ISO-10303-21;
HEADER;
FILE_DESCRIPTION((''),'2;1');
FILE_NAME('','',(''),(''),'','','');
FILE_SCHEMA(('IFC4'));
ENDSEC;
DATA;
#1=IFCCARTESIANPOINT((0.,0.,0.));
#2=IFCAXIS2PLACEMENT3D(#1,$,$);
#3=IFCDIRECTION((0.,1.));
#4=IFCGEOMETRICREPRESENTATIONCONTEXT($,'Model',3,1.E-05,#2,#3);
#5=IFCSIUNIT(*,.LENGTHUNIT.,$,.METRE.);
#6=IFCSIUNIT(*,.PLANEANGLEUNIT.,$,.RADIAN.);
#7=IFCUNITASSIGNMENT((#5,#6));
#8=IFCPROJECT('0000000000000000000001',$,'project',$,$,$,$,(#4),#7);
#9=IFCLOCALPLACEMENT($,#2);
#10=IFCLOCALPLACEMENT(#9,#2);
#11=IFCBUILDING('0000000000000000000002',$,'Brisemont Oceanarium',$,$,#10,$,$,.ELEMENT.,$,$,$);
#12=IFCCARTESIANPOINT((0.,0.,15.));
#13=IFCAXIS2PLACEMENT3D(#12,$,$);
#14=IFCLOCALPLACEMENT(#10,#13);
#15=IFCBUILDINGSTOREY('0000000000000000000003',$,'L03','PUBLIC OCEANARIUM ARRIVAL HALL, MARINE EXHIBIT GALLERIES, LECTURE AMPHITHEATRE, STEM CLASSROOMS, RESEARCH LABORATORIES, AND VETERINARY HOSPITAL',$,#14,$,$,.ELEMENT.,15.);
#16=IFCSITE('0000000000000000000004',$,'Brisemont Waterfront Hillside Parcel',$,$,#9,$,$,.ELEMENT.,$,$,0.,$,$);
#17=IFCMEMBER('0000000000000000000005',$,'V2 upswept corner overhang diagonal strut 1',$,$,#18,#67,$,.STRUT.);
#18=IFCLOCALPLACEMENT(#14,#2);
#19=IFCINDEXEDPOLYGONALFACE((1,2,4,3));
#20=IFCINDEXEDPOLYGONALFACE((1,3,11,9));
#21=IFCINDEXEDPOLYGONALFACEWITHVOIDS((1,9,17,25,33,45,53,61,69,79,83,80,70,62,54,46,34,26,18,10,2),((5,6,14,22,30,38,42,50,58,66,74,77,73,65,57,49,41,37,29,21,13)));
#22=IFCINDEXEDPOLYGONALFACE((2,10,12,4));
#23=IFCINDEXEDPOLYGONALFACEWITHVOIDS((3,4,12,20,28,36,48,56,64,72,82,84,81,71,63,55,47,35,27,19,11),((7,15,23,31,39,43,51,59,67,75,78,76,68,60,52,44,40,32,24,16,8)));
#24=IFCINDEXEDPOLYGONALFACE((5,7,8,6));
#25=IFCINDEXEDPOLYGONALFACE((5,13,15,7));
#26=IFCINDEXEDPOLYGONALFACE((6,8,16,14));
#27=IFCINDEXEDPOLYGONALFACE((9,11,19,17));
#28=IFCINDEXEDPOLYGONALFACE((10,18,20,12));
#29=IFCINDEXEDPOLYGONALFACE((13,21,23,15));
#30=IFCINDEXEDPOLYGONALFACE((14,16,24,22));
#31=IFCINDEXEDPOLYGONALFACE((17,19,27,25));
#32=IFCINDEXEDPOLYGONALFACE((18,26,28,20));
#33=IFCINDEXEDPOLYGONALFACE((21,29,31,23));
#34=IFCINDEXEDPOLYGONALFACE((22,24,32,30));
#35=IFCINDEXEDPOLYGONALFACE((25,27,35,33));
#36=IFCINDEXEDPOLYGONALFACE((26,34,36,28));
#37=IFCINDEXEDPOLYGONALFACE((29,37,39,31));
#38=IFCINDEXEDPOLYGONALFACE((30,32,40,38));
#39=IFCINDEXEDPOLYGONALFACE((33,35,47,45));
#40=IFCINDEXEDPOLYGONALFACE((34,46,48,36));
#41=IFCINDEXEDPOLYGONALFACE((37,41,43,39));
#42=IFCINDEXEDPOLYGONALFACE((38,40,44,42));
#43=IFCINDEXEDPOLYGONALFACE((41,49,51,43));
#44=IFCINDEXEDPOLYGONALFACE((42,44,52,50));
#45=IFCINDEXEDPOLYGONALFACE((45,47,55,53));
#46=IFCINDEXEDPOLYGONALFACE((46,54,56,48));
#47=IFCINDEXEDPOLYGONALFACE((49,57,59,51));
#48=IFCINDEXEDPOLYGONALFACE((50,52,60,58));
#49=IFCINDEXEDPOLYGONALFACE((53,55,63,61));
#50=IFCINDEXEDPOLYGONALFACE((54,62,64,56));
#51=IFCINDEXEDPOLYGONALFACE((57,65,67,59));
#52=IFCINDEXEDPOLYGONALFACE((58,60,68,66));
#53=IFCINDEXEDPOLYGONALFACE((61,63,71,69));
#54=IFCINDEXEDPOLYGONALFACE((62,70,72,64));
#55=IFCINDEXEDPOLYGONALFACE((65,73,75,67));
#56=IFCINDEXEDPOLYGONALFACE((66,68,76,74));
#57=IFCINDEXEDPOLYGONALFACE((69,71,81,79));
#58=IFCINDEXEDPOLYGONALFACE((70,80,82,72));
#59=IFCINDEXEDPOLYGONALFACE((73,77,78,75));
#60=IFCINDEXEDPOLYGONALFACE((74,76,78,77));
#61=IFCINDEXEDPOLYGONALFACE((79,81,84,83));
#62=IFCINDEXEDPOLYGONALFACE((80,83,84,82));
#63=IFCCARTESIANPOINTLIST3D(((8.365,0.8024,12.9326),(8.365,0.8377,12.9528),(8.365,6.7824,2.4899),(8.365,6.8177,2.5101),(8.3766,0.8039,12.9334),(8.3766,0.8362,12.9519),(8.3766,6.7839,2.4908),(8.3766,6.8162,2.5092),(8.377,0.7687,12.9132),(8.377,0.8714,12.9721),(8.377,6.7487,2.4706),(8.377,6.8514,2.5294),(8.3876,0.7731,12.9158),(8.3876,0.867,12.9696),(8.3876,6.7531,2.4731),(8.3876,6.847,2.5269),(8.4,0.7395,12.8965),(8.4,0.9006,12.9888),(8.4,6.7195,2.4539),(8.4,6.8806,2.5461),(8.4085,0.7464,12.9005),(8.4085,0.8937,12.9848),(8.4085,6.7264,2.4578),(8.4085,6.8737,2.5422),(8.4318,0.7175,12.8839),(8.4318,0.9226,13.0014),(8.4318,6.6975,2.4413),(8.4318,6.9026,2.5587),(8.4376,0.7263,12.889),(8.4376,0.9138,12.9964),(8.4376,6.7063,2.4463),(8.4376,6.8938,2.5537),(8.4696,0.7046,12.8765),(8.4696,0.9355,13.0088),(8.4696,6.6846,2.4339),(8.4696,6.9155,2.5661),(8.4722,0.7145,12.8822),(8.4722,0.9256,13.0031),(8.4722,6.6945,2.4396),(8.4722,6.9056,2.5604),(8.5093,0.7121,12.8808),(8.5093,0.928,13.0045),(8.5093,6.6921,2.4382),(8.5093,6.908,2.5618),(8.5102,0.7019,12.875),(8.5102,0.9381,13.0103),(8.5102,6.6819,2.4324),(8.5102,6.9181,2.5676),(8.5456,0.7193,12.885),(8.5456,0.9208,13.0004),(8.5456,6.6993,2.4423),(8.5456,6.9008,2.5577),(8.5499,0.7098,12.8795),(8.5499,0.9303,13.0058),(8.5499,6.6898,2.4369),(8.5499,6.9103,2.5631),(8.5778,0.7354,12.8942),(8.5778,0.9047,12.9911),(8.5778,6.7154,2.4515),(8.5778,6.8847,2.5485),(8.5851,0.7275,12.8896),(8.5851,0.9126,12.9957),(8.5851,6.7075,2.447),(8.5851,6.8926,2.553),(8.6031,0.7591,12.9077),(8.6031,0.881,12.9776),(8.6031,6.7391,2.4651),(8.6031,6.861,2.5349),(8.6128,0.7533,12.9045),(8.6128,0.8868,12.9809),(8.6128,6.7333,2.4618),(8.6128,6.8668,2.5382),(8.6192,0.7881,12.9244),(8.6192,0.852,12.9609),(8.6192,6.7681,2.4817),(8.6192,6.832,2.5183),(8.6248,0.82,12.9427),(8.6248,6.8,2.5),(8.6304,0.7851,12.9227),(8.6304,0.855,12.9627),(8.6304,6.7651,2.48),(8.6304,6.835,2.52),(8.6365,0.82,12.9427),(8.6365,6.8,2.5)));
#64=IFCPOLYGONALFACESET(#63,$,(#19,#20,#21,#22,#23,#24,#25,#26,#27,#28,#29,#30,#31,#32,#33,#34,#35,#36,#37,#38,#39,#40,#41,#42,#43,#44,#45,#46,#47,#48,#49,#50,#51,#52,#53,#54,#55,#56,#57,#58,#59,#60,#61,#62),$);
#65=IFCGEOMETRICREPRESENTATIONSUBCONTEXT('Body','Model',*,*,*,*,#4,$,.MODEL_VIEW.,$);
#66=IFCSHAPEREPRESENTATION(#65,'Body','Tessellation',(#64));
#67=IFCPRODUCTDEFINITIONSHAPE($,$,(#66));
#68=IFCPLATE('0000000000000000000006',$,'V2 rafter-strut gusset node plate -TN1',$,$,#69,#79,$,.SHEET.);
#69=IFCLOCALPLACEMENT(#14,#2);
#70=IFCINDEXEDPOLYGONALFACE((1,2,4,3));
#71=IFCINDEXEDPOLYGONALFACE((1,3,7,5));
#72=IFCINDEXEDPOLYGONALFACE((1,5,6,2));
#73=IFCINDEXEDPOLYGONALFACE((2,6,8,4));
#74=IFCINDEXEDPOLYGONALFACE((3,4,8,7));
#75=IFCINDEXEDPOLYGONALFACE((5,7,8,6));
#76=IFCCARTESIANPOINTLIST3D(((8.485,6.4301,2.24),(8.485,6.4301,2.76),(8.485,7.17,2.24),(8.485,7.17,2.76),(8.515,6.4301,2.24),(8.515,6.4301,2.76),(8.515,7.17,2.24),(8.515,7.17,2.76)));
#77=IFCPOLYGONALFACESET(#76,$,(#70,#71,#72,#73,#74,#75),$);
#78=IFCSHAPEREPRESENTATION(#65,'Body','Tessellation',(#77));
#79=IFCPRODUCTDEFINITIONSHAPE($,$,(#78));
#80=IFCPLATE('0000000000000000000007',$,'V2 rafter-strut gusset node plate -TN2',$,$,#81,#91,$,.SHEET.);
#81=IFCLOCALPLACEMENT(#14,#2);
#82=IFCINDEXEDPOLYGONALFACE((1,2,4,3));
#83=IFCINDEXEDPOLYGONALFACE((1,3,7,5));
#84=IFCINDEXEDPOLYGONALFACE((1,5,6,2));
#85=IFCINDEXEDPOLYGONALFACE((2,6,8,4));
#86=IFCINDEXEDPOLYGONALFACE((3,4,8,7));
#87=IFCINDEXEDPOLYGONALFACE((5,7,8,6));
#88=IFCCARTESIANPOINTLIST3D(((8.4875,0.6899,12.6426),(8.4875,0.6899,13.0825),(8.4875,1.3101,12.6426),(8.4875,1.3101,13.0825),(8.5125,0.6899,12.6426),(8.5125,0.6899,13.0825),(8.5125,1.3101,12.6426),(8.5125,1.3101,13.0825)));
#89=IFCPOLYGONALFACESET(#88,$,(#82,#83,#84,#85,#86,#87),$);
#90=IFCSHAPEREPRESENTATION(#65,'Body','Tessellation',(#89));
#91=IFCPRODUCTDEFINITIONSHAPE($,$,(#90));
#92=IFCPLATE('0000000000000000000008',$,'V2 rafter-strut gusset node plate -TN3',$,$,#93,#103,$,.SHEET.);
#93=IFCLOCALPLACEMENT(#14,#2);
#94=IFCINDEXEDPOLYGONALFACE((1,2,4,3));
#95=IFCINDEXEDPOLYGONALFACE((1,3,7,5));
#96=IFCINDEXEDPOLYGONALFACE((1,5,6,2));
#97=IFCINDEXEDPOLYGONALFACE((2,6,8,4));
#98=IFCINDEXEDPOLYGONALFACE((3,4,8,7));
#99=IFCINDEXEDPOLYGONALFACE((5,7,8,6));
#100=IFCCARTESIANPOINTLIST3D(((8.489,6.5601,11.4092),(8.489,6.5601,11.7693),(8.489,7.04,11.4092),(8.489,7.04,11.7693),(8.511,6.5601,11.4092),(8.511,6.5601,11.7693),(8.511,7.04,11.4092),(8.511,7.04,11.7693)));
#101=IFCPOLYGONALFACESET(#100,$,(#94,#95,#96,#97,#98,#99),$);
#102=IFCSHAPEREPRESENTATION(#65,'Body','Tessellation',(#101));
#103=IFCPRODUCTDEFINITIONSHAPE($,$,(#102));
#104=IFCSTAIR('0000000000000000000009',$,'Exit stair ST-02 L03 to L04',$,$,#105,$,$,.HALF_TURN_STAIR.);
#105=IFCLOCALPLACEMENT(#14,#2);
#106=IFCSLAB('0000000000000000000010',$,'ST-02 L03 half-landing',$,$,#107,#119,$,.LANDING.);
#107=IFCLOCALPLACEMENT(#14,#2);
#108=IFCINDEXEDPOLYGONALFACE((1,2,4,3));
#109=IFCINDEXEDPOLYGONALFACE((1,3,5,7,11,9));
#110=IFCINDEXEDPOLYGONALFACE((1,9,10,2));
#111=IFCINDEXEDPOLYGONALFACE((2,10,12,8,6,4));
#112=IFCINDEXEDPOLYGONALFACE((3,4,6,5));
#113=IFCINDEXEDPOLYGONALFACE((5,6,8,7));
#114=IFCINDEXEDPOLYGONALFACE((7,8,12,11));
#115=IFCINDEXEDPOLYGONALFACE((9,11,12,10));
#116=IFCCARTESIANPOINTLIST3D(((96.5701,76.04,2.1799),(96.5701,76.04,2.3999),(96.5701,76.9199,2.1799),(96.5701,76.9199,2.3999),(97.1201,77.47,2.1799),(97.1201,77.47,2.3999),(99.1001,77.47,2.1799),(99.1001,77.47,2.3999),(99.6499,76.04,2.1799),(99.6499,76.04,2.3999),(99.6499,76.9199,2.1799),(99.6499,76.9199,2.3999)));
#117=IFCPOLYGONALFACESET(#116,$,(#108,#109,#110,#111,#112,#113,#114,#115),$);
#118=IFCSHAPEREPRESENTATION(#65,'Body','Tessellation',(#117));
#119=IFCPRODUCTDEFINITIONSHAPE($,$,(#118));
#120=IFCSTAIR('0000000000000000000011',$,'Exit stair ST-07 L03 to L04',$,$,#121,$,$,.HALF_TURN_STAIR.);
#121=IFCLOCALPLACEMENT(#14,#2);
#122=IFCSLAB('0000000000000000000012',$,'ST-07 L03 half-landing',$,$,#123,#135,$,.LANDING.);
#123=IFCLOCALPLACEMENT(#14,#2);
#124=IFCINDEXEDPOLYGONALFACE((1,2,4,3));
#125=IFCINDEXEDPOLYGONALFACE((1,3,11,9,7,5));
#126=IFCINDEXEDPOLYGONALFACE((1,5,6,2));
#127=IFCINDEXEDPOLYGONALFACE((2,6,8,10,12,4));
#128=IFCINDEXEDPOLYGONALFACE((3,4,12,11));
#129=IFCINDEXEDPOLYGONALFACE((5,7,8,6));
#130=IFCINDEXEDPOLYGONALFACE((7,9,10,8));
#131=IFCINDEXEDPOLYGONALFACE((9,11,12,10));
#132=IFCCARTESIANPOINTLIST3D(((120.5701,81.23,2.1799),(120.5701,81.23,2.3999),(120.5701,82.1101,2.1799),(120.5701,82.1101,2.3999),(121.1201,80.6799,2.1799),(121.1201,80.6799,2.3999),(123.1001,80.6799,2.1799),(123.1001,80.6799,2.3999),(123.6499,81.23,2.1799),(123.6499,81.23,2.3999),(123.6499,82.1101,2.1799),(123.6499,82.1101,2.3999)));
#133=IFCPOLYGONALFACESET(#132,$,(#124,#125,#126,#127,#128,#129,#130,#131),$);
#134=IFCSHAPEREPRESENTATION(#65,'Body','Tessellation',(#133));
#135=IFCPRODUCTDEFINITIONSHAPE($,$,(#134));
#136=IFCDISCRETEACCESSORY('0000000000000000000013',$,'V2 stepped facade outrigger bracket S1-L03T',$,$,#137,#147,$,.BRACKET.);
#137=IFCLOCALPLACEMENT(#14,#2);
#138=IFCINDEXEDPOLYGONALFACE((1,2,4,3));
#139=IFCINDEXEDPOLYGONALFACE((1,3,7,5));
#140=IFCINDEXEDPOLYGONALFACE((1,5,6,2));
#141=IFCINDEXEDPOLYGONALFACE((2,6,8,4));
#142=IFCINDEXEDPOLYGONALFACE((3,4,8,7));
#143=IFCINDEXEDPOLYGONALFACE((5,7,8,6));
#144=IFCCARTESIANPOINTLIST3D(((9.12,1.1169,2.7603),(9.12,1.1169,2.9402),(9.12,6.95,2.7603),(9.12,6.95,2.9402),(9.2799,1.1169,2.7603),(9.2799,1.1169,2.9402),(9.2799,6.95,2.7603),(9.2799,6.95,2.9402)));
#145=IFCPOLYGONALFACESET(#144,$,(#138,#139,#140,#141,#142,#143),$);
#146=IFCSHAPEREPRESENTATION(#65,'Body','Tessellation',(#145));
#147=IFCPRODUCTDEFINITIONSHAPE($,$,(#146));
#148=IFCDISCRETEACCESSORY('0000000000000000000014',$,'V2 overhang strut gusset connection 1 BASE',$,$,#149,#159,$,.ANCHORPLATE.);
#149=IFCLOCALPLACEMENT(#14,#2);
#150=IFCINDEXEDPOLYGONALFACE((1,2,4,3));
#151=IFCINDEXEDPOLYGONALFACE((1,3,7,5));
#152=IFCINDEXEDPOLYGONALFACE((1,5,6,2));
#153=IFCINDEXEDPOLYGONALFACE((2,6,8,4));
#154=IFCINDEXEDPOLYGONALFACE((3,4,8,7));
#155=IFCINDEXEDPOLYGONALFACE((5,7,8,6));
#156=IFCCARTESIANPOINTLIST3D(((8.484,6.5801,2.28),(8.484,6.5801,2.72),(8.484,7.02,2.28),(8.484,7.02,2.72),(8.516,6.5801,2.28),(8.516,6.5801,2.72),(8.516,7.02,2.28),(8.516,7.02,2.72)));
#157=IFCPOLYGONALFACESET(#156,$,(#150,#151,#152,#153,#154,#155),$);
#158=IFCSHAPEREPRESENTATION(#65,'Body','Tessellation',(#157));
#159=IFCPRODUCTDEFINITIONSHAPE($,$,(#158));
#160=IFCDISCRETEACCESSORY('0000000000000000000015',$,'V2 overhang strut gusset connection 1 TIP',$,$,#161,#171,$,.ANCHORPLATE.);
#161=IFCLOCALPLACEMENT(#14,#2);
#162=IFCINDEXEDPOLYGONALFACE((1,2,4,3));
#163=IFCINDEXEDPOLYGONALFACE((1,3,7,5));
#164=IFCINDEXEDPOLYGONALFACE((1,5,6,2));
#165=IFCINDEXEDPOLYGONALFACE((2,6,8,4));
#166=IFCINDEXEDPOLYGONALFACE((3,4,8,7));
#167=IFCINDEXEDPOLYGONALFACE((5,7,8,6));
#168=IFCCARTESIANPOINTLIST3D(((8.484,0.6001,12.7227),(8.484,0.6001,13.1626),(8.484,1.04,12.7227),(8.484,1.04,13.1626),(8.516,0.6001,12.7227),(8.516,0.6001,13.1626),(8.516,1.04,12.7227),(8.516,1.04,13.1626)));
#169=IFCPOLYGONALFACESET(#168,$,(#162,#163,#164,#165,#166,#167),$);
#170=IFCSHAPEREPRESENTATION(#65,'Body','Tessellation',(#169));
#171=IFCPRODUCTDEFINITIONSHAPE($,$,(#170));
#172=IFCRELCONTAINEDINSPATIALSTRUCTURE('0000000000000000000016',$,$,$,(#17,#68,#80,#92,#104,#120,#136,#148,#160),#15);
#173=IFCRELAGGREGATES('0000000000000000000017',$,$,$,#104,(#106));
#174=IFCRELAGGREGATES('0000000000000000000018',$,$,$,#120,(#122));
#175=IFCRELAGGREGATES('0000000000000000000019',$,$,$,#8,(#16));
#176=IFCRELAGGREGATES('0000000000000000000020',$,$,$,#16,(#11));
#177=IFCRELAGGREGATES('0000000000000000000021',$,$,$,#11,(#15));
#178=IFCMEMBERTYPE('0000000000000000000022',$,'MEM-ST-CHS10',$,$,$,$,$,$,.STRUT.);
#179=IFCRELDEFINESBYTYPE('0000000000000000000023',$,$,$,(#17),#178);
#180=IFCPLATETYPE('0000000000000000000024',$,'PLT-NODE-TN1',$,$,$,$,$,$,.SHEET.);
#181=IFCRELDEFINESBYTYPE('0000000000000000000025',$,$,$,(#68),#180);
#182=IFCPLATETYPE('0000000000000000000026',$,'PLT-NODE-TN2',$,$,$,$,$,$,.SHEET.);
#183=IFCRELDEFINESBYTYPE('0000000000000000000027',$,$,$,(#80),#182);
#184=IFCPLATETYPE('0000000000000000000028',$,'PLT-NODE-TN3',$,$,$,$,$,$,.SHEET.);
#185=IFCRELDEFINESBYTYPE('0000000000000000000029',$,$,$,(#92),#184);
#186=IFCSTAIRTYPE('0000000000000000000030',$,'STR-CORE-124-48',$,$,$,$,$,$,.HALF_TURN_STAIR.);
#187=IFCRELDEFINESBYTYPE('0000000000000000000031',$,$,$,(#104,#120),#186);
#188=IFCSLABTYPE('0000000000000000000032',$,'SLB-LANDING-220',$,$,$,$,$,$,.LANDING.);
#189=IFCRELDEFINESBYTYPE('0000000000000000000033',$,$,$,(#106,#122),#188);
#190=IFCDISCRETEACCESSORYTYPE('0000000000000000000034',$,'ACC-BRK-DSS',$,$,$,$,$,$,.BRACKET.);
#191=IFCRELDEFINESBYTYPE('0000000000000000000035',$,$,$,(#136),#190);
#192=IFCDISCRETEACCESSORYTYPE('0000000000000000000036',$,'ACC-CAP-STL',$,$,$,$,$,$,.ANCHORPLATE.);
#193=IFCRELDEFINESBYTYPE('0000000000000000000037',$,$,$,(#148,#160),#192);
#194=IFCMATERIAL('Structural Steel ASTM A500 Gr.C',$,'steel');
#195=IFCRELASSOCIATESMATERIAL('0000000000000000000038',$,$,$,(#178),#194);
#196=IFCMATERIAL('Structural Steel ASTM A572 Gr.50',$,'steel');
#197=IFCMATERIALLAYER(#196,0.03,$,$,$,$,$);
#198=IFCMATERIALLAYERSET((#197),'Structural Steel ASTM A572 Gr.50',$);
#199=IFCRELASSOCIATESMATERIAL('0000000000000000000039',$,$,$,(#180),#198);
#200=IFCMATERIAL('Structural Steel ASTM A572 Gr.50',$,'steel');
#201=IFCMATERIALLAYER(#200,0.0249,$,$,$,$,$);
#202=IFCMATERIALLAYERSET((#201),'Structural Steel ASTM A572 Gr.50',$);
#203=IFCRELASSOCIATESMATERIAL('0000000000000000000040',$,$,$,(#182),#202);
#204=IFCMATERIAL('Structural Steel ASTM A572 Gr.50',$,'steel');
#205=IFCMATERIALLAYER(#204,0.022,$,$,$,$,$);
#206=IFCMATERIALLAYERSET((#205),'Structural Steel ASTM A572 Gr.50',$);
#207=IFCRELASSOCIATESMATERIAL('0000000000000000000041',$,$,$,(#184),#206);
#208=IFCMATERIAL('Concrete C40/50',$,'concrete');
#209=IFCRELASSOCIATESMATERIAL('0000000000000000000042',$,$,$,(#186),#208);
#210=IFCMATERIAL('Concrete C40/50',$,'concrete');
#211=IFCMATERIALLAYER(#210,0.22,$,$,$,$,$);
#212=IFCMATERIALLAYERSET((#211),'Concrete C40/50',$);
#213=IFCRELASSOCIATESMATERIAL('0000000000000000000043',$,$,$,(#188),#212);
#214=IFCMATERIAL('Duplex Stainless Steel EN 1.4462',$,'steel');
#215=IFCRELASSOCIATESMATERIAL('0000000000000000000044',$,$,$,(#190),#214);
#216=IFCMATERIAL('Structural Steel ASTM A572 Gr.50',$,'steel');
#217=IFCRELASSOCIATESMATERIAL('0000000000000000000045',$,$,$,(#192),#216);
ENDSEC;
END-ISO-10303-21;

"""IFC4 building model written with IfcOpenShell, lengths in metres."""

from ifc_helpers import new_model, si_unit, direction, frame, origin, origin_2d, place, context, subcontext, project, spatial, polyline, rectangle, hollow_circle, outline, extrude, material, layer, layer_set, material_profile, profile_set, type_object, element, aggregate, save


model = new_model("IFC4")

# Units and contexts
model_context = context("Model", 3, precision=1e-05, world=origin(), true_north=direction((0.0, 1.0)))
body_context = subcontext(model_context, "Body", "Model", "MODEL_VIEW")
ifc_project = project(units=[si_unit("LENGTHUNIT", "METRE"), si_unit("PLANEANGLEUNIT", "RADIAN")], contexts=[model_context])

# Site, building, storey
site_placement = place(None, origin())
site = spatial("IfcSite", under=ifc_project, at=site_placement, Name="Brisemont Waterfront Hillside Parcel", CompositionType="ELEMENT", RefElevation=0.0)
building_placement = place(site_placement, origin())
building = spatial("IfcBuilding", under=site, at=building_placement, Name="Brisemont Oceanarium", CompositionType="ELEMENT")
storey_placement = place(building_placement, frame((0.0, 0.0, 15.0)))
storey = spatial("IfcBuildingStorey", under=building, at=storey_placement, Name="L03", Description="PUBLIC OCEANARIUM ARRIVAL HALL, MARINE EXHIBIT GALLERIES, LECTURE AMPHITHEATRE, STEM CLASSROOMS, RESEARCH LABORATORIES, AND VETERINARY HOSPITAL", CompositionType="ELEMENT", Elevation=15.0)

# Member
ifc_material_1 = material(Name="Structural Steel ASTM A500 Gr.C", Category="steel")
ifc_material_profile_1 = material_profile(ifc_material_1, hollow_circle(Radius=0.1365, WallThickness=0.0117, at=origin_2d()), Name="HSS10.750X0.500")
ifc_profile_set_1 = profile_set([ifc_material_profile_1], Name="Structural Steel ASTM A500 Gr.C")
member_type_1 = type_object("IfcMemberType", Name="MEM-ST-CHS10", PredefinedType="STRUT", material=ifc_profile_set_1)
member_1_placement = place(storey_placement, frame((8.5, 6.8, 2.5), z_axis=(0.0, -0.496938, 0.867786), x_axis=(1.0, 0.0, 0.0)))
element("IfcMember", 1, at=member_1_placement, inside=storey, type_object=member_type_1, Name="V2 upswept corner overhang diagonal strut 1", PredefinedType="STRUT", context=body_context, shape_type="SweptSolid", body=[
    extrude(hollow_circle(Radius=0.1365, WallThickness=0.0117, at=origin_2d()), origin(), (0.0, 0.0, 1.0), 12.0337),
])

# Plates
ifc_material_2 = material(Name="Structural Steel ASTM A572 Gr.50", Category="steel")
ifc_layer_1 = layer(ifc_material_2, 0.03)
ifc_layer_set_1 = layer_set([ifc_layer_1], Name="Structural Steel ASTM A572 Gr.50")
plate_type_1 = type_object("IfcPlateType", Name="PLT-NODE-TN1", PredefinedType="SHEET", material=ifc_layer_set_1)
plate_1_placement = place(storey_placement, frame((8.5, 6.8, 2.24), z_axis=(0.0, 0.0, 1.0), x_axis=(1.0, 0.0, 0.0)))
element("IfcPlate", 2, at=plate_1_placement, inside=storey, type_object=plate_type_1, Name="V2 rafter-strut gusset node plate -TN1", PredefinedType="SHEET", context=body_context, shape_type="SweptSolid", body=[
    extrude(rectangle(XDim=0.03, YDim=0.74, at=origin_2d()), origin(), (0.0, 0.0, 1.0), 0.52),
])
ifc_material_3 = material(Name="Structural Steel ASTM A572 Gr.50", Category="steel")
ifc_layer_2 = layer(ifc_material_3, 0.0249)
ifc_layer_set_2 = layer_set([ifc_layer_2], Name="Structural Steel ASTM A572 Gr.50")
plate_type_2 = type_object("IfcPlateType", Name="PLT-NODE-TN2", PredefinedType="SHEET", material=ifc_layer_set_2)
plate_2_placement = place(storey_placement, frame((8.5, 1.0, 12.6426), z_axis=(0.0, 0.0, 1.0), x_axis=(1.0, 0.0, 0.0)))
element("IfcPlate", 3, at=plate_2_placement, inside=storey, type_object=plate_type_2, Name="V2 rafter-strut gusset node plate -TN2", PredefinedType="SHEET", context=body_context, shape_type="SweptSolid", body=[
    extrude(rectangle(XDim=0.0249, YDim=0.6201, at=origin_2d()), origin(), (0.0, 0.0, 1.0), 0.4399),
])
ifc_material_4 = material(Name="Structural Steel ASTM A572 Gr.50", Category="steel")
ifc_layer_3 = layer(ifc_material_4, 0.022)
ifc_layer_set_3 = layer_set([ifc_layer_3], Name="Structural Steel ASTM A572 Gr.50")
plate_type_3 = type_object("IfcPlateType", Name="PLT-NODE-TN3", PredefinedType="SHEET", material=ifc_layer_set_3)
plate_3_placement = place(storey_placement, frame((8.5, 6.8, 11.4092), z_axis=(0.0, 0.0, 1.0), x_axis=(1.0, 0.0, 0.0)))
element("IfcPlate", 4, at=plate_3_placement, inside=storey, type_object=plate_type_3, Name="V2 rafter-strut gusset node plate -TN3", PredefinedType="SHEET", context=body_context, shape_type="SweptSolid", body=[
    extrude(rectangle(XDim=0.022, YDim=0.48, at=origin_2d()), origin(), (0.0, 0.0, 1.0), 0.3601),
])

# Stairs, slabs
ifc_material_5 = material(Name="Concrete C40/50", Category="concrete")
stair_type = type_object("IfcStairType", Name="STR-CORE-124-48", PredefinedType="HALF_TURN_STAIR", material=ifc_material_5)
stair_1_placement = place(storey_placement, origin())
stair_1 = element("IfcStair", 5, at=stair_1_placement, inside=storey, type_object=stair_type, Name="Exit stair ST-02 L03 to L04", PredefinedType="HALF_TURN_STAIR")
ifc_material_6 = material(Name="Concrete C40/50", Category="concrete")
ifc_layer_4 = layer(ifc_material_6, 0.22)
ifc_layer_set_4 = layer_set([ifc_layer_4], Name="Concrete C40/50")
slab_type_1 = type_object("IfcSlabType", Name="SLB-LANDING-220", PredefinedType="LANDING", material=ifc_layer_set_4)
slab_1_placement = place(storey_placement, frame((0.0, 0.0, 2.1799)))
slab_1 = element("IfcSlab", 6, at=slab_1_placement, type_object=slab_type_1, Name="ST-02 L03 half-landing", PredefinedType="LANDING", context=body_context, shape_type="SweptSolid", body=[
    extrude(outline(polyline([(96.5701, 76.04), (99.6499, 76.04), (99.6499, 76.9199), (99.1001, 77.47), (97.1201, 77.47), (96.5701, 76.9199), (96.5701, 76.04)])), origin(), (0.0, 0.0, 1.0), 0.22),
])
aggregate(stair_1, [slab_1])
stair_2_placement = place(storey_placement, origin())
stair_2 = element("IfcStair", 7, at=stair_2_placement, inside=storey, type_object=stair_type, Name="Exit stair ST-07 L03 to L04", PredefinedType="HALF_TURN_STAIR")
slab_2_placement = place(storey_placement, frame((0.0, 0.0, 2.1799)))
slab_2 = element("IfcSlab", 8, at=slab_2_placement, type_object=slab_type_1, Name="ST-07 L03 half-landing", PredefinedType="LANDING", context=body_context, shape_type="SweptSolid", body=[
    extrude(outline(polyline([(121.1201, 80.6799), (123.1001, 80.6799), (123.6499, 81.23), (123.6499, 82.1101), (120.5701, 82.1101), (120.5701, 81.23), (121.1201, 80.6799)])), origin(), (0.0, 0.0, 1.0), 0.22),
])
aggregate(stair_2, [slab_2])

# Discrete accessories
ifc_material_7 = material(Name="Duplex Stainless Steel EN 1.4462", Category="steel")
discrete_accessory_type_1 = type_object("IfcDiscreteAccessoryType", Name="ACC-BRK-DSS", PredefinedType="BRACKET", material=ifc_material_7)
discrete_accessory_placement = place(storey_placement, frame((9.2, 4.0334, 2.7603), z_axis=(0.0, 0.0, 1.0), x_axis=(1.0, 0.0, 0.0)))
element("IfcDiscreteAccessory", 9, at=discrete_accessory_placement, inside=storey, type_object=discrete_accessory_type_1, Name="V2 stepped facade outrigger bracket S1-L03T", PredefinedType="BRACKET", context=body_context, shape_type="SweptSolid", body=[
    extrude(rectangle(XDim=0.1599, YDim=5.833, at=origin_2d()), origin(), (0.0, 0.0, 1.0), 0.1799),
])
ifc_material_8 = material(Name="Structural Steel ASTM A572 Gr.50", Category="steel")
discrete_accessory_type_2 = type_object("IfcDiscreteAccessoryType", Name="ACC-CAP-STL", PredefinedType="ANCHORPLATE", material=ifc_material_8)
for number, where, z_axis, x_axis, name in (
    (10, (8.5, 6.8, 2.28), (0.0, 0.0, 1.0), (1.0, 0.0, 0.0), "V2 overhang strut gusset connection 1 BASE"),
    (11, (8.5, 0.8201, 12.7227), (0.0, 0.0, 1.0), (1.0, 0.0, 0.0), "V2 overhang strut gusset connection 1 TIP"),
):
    element("IfcDiscreteAccessory", number, at=place(storey_placement, frame(where, z_axis=z_axis, x_axis=x_axis)), inside=storey, type_object=discrete_accessory_type_2, Name=name, PredefinedType="ANCHORPLATE", context=body_context, shape_type="SweptSolid", body=[
        extrude(rectangle(XDim=0.032, YDim=0.4399, at=origin_2d()), origin(), (0.0, 0.0, 1.0), 0.4399),
    ])

save(model, "model.ifc")
